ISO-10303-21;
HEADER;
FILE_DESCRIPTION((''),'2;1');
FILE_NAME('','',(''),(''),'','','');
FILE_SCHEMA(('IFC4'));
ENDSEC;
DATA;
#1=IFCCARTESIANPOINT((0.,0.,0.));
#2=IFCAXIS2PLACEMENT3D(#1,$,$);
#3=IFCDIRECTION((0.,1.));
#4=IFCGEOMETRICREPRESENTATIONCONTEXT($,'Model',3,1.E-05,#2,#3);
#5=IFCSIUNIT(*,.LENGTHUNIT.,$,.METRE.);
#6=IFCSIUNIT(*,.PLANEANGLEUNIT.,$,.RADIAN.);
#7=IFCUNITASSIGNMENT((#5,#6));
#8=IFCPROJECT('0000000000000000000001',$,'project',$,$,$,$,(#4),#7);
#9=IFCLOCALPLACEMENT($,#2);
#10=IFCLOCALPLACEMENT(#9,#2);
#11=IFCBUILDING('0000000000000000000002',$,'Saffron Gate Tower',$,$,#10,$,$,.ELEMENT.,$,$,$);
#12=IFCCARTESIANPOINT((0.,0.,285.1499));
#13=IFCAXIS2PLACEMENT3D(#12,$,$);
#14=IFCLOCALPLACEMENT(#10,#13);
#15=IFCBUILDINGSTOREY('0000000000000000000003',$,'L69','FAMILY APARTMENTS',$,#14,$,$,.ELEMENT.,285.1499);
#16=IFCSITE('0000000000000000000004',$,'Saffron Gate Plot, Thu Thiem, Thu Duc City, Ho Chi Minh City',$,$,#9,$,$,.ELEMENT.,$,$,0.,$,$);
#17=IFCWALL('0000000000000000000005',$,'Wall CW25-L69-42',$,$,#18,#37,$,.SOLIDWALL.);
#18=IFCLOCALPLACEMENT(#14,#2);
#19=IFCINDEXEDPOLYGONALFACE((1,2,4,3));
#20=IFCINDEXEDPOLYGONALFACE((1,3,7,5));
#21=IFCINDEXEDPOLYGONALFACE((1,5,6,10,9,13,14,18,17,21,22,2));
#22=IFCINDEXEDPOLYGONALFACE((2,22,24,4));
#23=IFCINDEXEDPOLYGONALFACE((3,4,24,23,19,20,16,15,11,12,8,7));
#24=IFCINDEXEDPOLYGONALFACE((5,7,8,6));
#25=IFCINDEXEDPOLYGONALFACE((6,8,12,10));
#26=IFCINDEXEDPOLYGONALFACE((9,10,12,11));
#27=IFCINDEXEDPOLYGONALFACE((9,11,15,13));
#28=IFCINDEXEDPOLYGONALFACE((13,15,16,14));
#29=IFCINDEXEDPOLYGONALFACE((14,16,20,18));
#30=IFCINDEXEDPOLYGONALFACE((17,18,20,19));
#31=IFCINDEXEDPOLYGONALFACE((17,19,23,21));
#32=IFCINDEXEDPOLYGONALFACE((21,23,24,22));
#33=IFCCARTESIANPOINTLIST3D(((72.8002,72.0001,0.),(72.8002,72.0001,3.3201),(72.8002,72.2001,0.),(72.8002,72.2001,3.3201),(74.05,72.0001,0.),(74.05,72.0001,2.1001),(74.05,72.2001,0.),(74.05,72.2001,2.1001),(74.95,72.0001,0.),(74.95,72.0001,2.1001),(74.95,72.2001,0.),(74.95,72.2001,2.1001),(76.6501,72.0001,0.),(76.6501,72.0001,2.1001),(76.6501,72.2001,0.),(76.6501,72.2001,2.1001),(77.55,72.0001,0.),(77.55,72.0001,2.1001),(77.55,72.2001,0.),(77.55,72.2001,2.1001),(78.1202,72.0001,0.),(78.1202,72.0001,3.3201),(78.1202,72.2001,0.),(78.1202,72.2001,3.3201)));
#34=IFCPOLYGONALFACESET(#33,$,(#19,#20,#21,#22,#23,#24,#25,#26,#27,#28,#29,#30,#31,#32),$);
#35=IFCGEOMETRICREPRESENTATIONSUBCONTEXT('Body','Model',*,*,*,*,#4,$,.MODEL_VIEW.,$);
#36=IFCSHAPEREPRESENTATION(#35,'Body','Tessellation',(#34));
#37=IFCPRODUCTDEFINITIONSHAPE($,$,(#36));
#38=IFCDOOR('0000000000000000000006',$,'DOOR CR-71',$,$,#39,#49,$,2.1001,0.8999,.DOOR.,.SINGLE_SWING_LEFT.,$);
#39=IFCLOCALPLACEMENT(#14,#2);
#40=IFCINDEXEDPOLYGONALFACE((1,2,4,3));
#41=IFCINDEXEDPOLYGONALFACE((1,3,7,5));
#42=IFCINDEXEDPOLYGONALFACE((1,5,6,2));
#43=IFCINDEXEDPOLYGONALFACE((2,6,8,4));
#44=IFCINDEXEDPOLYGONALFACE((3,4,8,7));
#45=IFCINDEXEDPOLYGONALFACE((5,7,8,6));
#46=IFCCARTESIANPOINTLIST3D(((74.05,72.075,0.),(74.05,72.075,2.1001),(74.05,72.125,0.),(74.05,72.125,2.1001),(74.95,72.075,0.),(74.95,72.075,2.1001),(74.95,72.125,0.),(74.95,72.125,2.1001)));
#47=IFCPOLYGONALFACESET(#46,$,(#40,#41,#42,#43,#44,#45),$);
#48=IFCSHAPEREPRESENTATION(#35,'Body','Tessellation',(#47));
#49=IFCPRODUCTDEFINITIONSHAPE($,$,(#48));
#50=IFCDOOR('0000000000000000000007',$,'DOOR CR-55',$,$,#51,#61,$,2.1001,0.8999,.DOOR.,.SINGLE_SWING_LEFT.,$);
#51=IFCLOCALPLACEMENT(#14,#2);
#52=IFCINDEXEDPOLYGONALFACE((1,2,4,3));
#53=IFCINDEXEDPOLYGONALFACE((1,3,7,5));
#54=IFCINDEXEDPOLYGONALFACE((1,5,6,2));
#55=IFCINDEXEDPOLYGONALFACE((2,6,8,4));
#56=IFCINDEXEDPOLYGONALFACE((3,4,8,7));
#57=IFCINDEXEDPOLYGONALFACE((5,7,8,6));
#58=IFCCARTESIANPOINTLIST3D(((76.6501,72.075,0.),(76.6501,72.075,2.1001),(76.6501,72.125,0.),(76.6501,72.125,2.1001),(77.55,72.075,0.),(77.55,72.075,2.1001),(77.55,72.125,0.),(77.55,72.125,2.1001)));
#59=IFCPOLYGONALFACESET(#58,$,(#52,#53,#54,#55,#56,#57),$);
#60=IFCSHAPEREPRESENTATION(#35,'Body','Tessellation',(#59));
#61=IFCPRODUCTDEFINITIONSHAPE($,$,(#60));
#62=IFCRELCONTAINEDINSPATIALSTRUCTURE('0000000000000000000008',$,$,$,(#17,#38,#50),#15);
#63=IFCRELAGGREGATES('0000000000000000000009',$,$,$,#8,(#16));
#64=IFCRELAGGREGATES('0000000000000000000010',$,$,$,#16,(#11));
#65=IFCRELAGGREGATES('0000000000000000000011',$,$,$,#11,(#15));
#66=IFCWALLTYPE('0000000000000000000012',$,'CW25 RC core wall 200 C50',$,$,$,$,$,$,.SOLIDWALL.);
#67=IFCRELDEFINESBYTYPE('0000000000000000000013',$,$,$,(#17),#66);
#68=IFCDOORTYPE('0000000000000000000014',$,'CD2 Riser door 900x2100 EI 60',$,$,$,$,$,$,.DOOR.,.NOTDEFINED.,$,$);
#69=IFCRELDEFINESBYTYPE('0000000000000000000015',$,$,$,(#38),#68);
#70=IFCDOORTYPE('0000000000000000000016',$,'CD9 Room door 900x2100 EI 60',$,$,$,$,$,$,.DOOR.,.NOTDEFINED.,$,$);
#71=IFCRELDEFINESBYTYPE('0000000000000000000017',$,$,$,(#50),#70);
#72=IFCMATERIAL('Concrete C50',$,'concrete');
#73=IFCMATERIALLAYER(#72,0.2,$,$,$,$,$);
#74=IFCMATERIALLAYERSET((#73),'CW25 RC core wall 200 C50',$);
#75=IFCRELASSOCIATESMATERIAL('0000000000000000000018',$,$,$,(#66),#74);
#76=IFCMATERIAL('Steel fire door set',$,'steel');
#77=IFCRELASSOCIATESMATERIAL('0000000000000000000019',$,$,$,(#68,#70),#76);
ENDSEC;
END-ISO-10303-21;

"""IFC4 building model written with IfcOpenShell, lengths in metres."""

from ifc_helpers import new_model, si_unit, direction, frame, frame_2d, origin, place, context, subcontext, project, spatial, rectangle, extrude, material, layer, layer_set, type_object, element, fill, save


model = new_model("IFC4")

# Units and contexts
model_context = context("Model", 3, precision=1e-05, world=origin(), true_north=direction((0.0, 1.0)))
body_context = subcontext(model_context, "Body", "Model", "MODEL_VIEW")
ifc_project = project(units=[si_unit("LENGTHUNIT", "METRE"), si_unit("PLANEANGLEUNIT", "RADIAN")], contexts=[model_context])

# Site, building, storey
site_placement = place(None, origin())
site = spatial("IfcSite", under=ifc_project, at=site_placement, Name="Saffron Gate Plot, Thu Thiem, Thu Duc City, Ho Chi Minh City", CompositionType="ELEMENT", RefElevation=0.0)
building_placement = place(site_placement, origin())
building = spatial("IfcBuilding", under=site, at=building_placement, Name="Saffron Gate Tower", CompositionType="ELEMENT")
storey_placement = place(building_placement, frame((0.0, 0.0, 285.1499)))
storey = spatial("IfcBuildingStorey", under=building, at=storey_placement, Name="L69", Description="FAMILY APARTMENTS", CompositionType="ELEMENT", Elevation=285.1499)

# Shared definitions
ifc_material_1 = material(Name="Concrete C50", Category="concrete")
ifc_material_2 = material(Name="Steel fire door set", Category="steel")
ifc_layer_1 = layer(ifc_material_1, 0.2)
ifc_layer_set_1 = layer_set([ifc_layer_1], Name="CW25 RC core wall 200 C50")
wall_type_1 = type_object("IfcWallType", Name="CW25 RC core wall 200 C50", PredefinedType="SOLIDWALL", material=ifc_layer_set_1)

# Wall, openings, doors
wall_1_placement = place(storey_placement, frame((72.8, 72.1001, 0.0), z_axis=(0.0, 0.0, 1.0), x_axis=(1.0, 0.0, 0.0)))
wall_1 = element("IfcWall", 1, at=wall_1_placement, inside=storey, type_object=wall_type_1, Name="Wall CW25-L69-42", PredefinedType="SOLIDWALL", context=body_context, shape_type="SweptSolid", body=[
    extrude(rectangle(XDim=5.3201, YDim=0.2, at=frame_2d((2.6602, 0.0))), origin(), (0.0, 0.0, 1.0), 3.3201),
])
opening_1_placement = place(wall_1_placement, frame((1.25, 0.0, 0.0)))
opening_1 = element("IfcOpeningElement", 2, at=opening_1_placement, cuts=wall_1, PredefinedType="OPENING", context=body_context, shape_type="SweptSolid", body=[
    extrude(rectangle(XDim=0.8999, YDim=2.1001, at=frame_2d((0.45, 1.05))), frame((0.0, 0.1099, 0.0), z_axis=(0.0, -1.0, 0.0), x_axis=(1.0, 0.0, 0.0)), (0.0, 0.0, 1.0), 0.22),
])
opening_2_placement = place(wall_1_placement, frame((3.8501, 0.0, 0.0)))
opening_2 = element("IfcOpeningElement", 3, at=opening_2_placement, cuts=wall_1, PredefinedType="OPENING", context=body_context, shape_type="SweptSolid", body=[
    extrude(rectangle(XDim=0.8999, YDim=2.1001, at=frame_2d((0.45, 1.05))), frame((0.0, 0.1099, 0.0), z_axis=(0.0, -1.0, 0.0), x_axis=(1.0, 0.0, 0.0)), (0.0, 0.0, 1.0), 0.22),
])
door_type_1 = type_object("IfcDoorType", Name="CD2 Riser door 900x2100 EI 60", OperationType="NOTDEFINED", PredefinedType="DOOR", material=ifc_material_2)
door_1_placement = place(opening_1_placement, origin())
door_1 = element("IfcDoor", 4, at=door_1_placement, inside=storey, type_object=door_type_1, Name="DOOR CR-71", OperationType="SINGLE_SWING_LEFT", OverallHeight=2.1001, OverallWidth=0.8999, PredefinedType="DOOR", context=body_context, shape_type="SweptSolid", body=[
    extrude(rectangle(XDim=0.8999, YDim=2.1001, at=frame_2d((0.45, 1.05))), frame((0.0, 0.0249, 0.0), z_axis=(0.0, -1.0, 0.0), x_axis=(1.0, 0.0, 0.0)), (0.0, 0.0, 1.0), 0.05),
])
fill(opening_1, door_1)
door_type_2 = type_object("IfcDoorType", Name="CD9 Room door 900x2100 EI 60", OperationType="NOTDEFINED", PredefinedType="DOOR", material=ifc_material_2)
door_2_placement = place(opening_2_placement, origin())
door_2 = element("IfcDoor", 5, at=door_2_placement, inside=storey, type_object=door_type_2, Name="DOOR CR-55", OperationType="SINGLE_SWING_LEFT", OverallHeight=2.1001, OverallWidth=0.8999, PredefinedType="DOOR", context=body_context, shape_type="SweptSolid", body=[
    extrude(rectangle(XDim=0.8999, YDim=2.1001, at=frame_2d((0.45, 1.05))), frame((0.0, 0.0249, 0.0), z_axis=(0.0, -1.0, 0.0), x_axis=(1.0, 0.0, 0.0)), (0.0, 0.0, 1.0), 0.05),
])
fill(opening_2, door_2)

save(model, "model.ifc")
